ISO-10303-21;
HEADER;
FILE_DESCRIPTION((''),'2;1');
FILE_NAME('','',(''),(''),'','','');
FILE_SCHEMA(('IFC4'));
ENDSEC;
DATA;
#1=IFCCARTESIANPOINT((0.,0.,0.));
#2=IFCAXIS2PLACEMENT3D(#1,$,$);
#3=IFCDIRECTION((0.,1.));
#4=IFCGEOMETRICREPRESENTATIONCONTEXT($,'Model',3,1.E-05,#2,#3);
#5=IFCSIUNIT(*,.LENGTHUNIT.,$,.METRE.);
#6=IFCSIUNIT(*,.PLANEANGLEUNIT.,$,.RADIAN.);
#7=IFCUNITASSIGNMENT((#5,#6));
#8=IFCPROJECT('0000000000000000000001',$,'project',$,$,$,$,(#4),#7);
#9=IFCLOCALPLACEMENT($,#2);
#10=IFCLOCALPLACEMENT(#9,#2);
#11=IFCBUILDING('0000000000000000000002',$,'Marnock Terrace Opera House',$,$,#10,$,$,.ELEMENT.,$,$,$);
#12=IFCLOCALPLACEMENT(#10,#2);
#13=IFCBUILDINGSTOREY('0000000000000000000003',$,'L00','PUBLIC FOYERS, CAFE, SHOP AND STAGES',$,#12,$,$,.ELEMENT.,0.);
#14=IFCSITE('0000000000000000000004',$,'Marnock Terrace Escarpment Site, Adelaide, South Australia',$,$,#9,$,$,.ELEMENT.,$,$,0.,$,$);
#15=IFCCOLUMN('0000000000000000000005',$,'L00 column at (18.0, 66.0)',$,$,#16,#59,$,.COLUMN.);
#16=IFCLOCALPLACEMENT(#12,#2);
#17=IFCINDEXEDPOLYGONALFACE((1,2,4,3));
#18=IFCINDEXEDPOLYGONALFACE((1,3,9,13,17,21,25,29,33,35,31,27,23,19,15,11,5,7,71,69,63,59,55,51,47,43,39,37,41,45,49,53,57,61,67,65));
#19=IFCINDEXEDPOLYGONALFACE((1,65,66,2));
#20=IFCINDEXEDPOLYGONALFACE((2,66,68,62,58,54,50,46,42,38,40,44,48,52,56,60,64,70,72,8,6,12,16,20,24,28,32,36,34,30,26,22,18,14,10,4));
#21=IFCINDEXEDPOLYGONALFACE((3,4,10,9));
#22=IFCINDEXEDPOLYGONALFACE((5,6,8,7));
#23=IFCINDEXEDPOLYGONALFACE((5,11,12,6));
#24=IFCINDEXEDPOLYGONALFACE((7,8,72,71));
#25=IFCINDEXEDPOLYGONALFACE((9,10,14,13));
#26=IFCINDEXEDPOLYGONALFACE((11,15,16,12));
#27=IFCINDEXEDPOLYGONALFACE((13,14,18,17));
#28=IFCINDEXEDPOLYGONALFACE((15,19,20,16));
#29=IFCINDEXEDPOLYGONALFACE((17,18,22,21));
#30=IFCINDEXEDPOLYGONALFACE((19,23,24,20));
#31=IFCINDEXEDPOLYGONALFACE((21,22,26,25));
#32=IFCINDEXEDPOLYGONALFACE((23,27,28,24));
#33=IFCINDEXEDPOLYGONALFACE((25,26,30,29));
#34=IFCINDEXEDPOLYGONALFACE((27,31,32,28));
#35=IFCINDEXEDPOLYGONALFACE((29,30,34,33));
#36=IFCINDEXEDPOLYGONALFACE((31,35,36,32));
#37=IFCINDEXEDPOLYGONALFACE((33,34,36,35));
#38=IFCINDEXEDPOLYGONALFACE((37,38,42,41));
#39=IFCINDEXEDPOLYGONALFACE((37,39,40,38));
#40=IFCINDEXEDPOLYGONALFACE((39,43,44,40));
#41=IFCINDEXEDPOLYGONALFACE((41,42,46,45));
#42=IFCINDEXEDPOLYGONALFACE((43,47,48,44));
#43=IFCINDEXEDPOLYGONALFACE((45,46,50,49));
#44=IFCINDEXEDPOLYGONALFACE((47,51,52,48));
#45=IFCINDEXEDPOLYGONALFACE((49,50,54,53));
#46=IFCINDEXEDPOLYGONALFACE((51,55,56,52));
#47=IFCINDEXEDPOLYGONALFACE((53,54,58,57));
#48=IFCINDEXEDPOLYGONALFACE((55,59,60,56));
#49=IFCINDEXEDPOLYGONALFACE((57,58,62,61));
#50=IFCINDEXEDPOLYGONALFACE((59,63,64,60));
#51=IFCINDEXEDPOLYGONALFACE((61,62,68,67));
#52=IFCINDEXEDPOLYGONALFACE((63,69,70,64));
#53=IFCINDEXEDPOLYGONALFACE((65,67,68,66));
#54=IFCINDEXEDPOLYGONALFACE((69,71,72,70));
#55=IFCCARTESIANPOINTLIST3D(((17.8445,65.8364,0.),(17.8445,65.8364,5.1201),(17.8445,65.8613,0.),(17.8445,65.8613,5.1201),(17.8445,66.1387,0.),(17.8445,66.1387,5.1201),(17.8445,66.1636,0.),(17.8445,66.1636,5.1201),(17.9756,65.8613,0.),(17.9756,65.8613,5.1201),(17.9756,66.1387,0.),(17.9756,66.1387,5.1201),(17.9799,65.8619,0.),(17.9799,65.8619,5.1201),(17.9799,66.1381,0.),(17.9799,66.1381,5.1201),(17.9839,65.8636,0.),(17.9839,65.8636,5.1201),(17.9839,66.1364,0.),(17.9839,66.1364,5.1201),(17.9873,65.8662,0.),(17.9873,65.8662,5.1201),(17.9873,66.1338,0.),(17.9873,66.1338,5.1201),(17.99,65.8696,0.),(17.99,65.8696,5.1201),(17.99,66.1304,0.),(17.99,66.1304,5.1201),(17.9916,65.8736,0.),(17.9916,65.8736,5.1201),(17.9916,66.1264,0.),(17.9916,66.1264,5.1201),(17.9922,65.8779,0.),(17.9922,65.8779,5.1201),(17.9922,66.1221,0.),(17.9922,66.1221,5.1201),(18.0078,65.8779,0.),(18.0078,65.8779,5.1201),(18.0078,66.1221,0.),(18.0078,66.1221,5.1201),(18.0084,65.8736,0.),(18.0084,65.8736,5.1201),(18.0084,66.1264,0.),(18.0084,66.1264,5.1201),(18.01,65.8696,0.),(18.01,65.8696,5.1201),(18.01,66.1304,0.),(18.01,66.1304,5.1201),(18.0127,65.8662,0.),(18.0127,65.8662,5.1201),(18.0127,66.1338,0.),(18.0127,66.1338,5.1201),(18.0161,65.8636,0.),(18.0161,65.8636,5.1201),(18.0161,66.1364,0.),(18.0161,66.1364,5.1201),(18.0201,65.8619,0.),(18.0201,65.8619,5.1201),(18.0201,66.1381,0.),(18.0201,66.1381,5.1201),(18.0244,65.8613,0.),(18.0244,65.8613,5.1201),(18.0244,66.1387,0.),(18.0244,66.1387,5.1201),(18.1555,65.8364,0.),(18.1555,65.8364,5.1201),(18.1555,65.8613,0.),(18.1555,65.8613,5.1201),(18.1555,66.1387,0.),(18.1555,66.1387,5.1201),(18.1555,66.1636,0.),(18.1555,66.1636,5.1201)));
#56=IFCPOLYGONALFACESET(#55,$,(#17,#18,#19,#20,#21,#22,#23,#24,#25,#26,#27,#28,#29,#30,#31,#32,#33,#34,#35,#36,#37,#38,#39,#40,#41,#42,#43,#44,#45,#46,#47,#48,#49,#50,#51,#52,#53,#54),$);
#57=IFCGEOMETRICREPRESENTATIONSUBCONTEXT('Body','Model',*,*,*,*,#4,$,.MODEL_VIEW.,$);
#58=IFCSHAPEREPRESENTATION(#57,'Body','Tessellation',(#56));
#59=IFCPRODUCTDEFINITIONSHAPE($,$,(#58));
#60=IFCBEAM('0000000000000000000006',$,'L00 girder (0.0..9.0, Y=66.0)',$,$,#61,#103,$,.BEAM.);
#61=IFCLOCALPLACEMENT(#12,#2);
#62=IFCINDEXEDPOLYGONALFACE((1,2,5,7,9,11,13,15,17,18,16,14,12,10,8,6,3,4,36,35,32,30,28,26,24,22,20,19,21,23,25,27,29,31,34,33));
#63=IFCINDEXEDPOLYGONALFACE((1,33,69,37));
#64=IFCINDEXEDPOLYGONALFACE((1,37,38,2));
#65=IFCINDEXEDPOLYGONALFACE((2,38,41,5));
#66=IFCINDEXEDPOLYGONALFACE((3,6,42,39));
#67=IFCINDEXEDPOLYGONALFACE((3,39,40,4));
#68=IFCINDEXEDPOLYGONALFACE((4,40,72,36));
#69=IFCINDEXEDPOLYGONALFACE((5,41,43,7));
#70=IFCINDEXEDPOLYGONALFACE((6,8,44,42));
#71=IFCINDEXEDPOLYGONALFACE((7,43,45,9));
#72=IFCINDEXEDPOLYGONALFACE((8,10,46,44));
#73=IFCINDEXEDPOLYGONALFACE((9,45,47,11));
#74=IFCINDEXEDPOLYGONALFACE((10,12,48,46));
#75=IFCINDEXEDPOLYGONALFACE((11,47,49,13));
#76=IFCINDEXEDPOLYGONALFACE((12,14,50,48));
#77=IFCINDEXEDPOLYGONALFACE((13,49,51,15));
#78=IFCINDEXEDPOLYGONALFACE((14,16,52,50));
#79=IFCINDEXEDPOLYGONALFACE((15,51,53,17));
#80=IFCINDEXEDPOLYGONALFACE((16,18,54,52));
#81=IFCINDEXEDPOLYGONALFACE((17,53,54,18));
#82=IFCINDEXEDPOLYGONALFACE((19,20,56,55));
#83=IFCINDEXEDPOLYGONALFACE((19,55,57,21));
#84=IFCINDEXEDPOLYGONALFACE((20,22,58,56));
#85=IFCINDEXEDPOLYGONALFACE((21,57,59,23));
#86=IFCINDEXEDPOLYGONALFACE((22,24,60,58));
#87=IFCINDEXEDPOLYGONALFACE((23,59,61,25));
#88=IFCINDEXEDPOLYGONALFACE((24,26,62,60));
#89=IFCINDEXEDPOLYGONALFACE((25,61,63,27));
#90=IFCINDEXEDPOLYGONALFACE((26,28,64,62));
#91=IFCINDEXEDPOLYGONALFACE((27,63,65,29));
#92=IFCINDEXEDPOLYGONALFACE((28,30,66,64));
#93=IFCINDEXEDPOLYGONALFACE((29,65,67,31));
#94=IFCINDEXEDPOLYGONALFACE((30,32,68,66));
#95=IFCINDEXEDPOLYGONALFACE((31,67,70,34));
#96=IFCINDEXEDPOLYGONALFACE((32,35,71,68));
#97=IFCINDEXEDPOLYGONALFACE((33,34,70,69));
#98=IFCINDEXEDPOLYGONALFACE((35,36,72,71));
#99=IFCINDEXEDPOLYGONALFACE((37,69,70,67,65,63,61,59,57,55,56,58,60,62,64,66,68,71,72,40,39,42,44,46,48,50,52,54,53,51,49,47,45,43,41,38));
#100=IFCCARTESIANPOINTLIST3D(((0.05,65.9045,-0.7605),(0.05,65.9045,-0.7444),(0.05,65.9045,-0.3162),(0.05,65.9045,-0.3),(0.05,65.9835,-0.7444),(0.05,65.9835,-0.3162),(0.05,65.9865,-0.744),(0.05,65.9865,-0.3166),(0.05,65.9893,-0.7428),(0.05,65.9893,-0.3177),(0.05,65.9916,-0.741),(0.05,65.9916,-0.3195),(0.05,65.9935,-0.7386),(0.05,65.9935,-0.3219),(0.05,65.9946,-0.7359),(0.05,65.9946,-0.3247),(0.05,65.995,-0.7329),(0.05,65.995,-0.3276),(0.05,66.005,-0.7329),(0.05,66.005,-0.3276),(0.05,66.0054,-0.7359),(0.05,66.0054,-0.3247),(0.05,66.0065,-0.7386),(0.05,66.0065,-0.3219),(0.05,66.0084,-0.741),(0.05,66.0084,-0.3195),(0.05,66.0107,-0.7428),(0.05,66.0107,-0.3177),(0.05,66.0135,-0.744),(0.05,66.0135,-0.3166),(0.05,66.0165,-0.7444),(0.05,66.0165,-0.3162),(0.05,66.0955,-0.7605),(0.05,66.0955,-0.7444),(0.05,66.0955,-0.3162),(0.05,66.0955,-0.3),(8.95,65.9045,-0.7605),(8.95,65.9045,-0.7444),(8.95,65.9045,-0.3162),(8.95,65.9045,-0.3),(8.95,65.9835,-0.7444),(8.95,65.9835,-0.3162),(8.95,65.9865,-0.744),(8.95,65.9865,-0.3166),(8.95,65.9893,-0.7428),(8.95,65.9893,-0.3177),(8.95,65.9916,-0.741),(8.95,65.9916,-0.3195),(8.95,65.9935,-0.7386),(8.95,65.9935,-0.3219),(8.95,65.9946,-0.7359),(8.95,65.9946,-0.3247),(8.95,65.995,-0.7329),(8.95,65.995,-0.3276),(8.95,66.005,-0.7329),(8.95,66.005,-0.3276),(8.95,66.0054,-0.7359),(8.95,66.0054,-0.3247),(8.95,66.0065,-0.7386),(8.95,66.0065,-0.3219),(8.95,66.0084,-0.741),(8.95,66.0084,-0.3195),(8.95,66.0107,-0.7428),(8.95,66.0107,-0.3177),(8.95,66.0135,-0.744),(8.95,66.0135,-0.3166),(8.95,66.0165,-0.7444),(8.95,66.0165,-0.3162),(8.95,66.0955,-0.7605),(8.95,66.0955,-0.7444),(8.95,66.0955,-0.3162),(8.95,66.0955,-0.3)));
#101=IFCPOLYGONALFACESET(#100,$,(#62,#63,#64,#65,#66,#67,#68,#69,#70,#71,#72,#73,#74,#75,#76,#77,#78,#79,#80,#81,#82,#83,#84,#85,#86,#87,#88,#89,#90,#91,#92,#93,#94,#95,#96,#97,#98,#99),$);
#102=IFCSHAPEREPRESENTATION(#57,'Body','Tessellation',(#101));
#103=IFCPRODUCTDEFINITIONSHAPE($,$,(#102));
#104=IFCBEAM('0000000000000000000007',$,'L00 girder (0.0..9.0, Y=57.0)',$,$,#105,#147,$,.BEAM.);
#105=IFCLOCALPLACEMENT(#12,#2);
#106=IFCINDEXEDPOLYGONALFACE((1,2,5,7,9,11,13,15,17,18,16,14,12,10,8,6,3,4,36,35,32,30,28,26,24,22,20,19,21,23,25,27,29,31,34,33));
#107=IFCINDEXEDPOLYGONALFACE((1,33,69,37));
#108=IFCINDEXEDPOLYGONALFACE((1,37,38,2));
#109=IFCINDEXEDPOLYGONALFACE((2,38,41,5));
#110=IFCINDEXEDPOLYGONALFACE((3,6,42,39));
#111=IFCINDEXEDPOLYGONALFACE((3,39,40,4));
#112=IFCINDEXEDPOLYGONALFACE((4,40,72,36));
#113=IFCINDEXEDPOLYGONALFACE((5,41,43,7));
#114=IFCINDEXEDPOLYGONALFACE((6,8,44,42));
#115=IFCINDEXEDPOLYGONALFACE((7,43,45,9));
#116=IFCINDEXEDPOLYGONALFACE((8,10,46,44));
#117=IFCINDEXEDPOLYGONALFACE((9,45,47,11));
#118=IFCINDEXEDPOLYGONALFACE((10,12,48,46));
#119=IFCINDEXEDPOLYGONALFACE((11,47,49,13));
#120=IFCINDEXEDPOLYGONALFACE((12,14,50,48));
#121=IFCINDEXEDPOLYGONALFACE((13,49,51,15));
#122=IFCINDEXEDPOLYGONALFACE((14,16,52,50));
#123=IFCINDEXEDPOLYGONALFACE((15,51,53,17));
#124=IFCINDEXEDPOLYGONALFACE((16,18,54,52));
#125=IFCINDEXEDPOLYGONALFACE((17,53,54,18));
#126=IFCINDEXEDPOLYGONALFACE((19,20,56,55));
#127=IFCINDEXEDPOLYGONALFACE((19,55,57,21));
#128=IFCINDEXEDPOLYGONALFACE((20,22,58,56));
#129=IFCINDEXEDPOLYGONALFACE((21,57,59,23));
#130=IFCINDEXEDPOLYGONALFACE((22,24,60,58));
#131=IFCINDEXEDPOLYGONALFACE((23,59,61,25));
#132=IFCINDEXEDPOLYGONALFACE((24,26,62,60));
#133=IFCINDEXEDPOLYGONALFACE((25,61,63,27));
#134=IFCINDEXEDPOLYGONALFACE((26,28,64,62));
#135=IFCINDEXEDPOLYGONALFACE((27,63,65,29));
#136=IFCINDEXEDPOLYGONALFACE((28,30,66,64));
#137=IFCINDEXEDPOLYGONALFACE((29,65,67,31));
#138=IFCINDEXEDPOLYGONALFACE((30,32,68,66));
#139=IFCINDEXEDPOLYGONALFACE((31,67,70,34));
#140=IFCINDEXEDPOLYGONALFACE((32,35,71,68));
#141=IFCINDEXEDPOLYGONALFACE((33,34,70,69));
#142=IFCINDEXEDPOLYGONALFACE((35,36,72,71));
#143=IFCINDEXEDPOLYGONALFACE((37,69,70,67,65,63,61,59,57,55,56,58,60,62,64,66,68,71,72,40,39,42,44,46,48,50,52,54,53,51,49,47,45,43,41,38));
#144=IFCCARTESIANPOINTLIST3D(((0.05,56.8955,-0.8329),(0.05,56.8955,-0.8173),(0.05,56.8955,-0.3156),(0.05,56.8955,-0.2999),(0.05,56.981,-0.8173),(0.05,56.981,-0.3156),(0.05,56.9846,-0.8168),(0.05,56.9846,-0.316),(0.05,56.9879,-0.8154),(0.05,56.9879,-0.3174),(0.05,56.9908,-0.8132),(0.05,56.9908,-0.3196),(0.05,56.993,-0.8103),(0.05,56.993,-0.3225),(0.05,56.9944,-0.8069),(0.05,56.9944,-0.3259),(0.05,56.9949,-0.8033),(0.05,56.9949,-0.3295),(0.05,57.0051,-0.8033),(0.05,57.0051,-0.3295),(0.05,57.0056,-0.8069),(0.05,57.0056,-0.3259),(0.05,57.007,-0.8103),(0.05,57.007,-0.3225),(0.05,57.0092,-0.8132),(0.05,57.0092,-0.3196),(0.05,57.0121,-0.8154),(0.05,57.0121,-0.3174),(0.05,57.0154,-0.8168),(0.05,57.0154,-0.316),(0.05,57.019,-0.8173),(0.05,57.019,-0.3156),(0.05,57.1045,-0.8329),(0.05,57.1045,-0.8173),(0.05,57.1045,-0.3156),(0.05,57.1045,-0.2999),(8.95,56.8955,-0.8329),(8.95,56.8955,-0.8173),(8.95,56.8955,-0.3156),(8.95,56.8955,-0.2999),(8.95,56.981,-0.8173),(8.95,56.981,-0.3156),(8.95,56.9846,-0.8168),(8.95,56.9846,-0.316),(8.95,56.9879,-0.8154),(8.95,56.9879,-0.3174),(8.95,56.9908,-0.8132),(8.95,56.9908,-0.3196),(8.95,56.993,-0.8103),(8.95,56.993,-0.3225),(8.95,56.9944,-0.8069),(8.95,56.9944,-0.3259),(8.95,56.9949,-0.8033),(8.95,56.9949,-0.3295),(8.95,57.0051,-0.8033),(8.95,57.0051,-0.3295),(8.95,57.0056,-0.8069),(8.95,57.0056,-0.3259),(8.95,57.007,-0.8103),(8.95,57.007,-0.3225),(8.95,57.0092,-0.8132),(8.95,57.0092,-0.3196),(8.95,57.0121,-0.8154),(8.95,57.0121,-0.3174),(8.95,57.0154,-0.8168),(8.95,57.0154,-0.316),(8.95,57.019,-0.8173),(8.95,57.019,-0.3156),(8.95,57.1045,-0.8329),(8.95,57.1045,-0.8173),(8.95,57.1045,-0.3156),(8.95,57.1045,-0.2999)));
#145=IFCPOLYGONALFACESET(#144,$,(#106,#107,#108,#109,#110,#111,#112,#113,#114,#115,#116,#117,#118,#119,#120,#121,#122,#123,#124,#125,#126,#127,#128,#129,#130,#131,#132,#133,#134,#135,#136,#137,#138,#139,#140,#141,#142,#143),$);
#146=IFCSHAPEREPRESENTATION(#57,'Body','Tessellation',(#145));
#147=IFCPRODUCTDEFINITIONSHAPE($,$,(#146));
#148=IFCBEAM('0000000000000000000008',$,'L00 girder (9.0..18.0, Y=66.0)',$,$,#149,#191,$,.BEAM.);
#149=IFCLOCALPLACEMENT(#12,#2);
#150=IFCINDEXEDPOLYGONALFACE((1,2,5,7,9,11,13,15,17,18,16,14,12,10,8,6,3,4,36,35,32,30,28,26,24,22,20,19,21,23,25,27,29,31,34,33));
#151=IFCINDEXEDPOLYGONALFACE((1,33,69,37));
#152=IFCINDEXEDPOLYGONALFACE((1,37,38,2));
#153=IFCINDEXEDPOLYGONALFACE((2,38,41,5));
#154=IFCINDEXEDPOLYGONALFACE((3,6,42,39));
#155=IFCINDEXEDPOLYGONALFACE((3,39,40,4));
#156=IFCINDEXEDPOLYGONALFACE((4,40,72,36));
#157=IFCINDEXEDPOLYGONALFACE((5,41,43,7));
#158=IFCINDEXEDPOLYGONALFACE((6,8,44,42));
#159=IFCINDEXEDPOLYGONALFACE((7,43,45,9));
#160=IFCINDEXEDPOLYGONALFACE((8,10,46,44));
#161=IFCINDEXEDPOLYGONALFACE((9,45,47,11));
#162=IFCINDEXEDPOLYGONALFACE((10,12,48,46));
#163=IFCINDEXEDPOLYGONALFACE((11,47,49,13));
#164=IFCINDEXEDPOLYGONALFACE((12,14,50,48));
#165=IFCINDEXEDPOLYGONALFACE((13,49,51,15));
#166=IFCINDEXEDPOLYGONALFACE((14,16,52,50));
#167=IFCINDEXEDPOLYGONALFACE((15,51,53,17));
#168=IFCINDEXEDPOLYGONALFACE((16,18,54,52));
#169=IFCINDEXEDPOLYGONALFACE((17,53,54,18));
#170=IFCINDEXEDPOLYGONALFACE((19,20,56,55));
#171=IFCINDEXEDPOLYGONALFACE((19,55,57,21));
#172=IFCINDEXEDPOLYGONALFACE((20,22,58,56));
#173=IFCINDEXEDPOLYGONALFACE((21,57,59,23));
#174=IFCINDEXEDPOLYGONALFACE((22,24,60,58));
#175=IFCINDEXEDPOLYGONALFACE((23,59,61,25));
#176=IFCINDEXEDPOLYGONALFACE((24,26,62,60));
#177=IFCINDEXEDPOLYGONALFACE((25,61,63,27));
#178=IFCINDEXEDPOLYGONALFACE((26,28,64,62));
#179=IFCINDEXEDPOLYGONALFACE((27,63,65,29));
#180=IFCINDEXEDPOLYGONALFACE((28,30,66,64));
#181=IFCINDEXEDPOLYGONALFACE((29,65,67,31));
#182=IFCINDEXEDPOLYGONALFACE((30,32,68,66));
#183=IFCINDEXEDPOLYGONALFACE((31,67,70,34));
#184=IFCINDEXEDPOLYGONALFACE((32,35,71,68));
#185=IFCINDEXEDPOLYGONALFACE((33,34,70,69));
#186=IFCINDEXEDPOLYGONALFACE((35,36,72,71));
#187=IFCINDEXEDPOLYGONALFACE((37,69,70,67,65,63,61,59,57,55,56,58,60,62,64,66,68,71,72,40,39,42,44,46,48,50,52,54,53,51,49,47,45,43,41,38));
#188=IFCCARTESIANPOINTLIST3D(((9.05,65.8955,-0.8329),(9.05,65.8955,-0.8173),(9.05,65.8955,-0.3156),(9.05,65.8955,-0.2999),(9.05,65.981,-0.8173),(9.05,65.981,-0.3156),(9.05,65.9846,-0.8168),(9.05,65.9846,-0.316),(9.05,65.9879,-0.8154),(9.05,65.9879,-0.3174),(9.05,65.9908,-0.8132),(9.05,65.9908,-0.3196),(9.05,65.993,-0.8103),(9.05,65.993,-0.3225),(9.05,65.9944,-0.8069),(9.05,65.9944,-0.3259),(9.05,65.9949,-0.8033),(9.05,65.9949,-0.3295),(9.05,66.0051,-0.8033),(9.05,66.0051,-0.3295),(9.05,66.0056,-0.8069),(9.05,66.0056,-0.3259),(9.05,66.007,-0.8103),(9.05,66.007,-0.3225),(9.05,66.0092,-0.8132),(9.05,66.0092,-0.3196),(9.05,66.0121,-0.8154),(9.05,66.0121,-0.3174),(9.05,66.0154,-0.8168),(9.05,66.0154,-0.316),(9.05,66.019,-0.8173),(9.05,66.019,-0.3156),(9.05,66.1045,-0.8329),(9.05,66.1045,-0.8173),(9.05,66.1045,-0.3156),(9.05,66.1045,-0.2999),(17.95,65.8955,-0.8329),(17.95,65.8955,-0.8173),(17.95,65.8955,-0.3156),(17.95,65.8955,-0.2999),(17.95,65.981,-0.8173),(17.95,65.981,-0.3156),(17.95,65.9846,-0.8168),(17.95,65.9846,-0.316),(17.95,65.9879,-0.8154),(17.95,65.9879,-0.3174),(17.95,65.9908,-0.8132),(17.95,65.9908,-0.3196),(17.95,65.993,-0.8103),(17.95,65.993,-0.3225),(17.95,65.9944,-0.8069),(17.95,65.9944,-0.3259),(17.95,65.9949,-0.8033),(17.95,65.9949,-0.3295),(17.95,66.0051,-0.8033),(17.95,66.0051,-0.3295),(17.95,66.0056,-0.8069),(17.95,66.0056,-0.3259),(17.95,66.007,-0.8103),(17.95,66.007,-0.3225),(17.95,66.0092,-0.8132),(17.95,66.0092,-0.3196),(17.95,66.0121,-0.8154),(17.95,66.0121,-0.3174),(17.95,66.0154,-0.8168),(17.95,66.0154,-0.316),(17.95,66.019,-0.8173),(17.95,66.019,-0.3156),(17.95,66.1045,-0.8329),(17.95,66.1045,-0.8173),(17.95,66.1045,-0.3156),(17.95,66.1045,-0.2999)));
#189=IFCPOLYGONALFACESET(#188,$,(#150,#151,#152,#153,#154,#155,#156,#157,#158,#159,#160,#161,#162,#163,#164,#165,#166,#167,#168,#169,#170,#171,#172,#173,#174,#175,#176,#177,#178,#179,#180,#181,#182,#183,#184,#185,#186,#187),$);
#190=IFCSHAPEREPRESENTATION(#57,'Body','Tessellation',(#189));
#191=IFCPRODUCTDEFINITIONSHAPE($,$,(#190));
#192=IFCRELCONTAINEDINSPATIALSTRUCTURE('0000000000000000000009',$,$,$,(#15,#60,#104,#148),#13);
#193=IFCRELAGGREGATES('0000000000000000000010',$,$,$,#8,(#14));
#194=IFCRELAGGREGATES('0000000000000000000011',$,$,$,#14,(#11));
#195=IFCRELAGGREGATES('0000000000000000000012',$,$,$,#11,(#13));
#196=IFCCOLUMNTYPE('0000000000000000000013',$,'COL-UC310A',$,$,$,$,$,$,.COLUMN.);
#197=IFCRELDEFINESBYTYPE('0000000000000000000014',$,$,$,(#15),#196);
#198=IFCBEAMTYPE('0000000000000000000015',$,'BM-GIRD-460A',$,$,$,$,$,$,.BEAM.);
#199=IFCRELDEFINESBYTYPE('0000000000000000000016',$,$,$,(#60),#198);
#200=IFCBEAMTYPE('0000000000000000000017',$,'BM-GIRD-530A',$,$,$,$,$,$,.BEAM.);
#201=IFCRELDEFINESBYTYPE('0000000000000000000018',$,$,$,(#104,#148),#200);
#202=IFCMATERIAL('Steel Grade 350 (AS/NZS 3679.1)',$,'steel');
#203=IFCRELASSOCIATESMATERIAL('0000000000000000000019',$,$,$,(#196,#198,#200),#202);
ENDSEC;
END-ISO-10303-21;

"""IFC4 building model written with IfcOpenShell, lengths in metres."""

from ifc_helpers import new_model, si_unit, direction, frame, origin, origin_2d, place, context, subcontext, project, spatial, i_section, extrude, material, material_profile, profile_set, type_object, element, save


model = new_model("IFC4")

# Units and contexts
model_context = context("Model", 3, precision=1e-05, world=origin(), true_north=direction((0.0, 1.0)))
body_context = subcontext(model_context, "Body", "Model", "MODEL_VIEW")
ifc_project = project(units=[si_unit("LENGTHUNIT", "METRE"), si_unit("PLANEANGLEUNIT", "RADIAN")], contexts=[model_context])

# Site, building, storey
site_placement = place(None, origin())
site = spatial("IfcSite", under=ifc_project, at=site_placement, Name="Marnock Terrace Escarpment Site, Adelaide, South Australia", CompositionType="ELEMENT", RefElevation=0.0)
building_placement = place(site_placement, origin())
building = spatial("IfcBuilding", under=site, at=building_placement, Name="Marnock Terrace Opera House", CompositionType="ELEMENT")
storey_placement = place(building_placement, origin())
storey = spatial("IfcBuildingStorey", under=building, at=storey_placement, Name="L00", Description="PUBLIC FOYERS, CAFE, SHOP AND STAGES", CompositionType="ELEMENT", Elevation=0.0)

# Column
ifc_material_1 = material(Name="Steel Grade 350 (AS/NZS 3679.1)", Category="steel")
ifc_material_profile_1 = material_profile(ifc_material_1, i_section(OverallWidth=0.311, OverallDepth=0.3271, WebThickness=0.0156, FlangeThickness=0.0249, FilletRadius=0.0166, at=origin_2d()))
ifc_profile_set_1 = profile_set([ifc_material_profile_1], Name="Steel Grade 350 (AS/NZS 3679.1)")
column_type_1 = type_object("IfcColumnType", Name="COL-UC310A", PredefinedType="COLUMN", material=ifc_profile_set_1)
for number, where, z_axis, x_axis, name in (
    (1, (18.0, 66.0, 0.0), (0.0, 0.0, 1.0), (1.0, 0.0, 0.0), "L00 column at (18.0, 66.0)"),
):
    element("IfcColumn", number, at=place(storey_placement, frame(where, z_axis=z_axis, x_axis=x_axis)), inside=storey, type_object=column_type_1, Name=name, PredefinedType="COLUMN", context=body_context, shape_type="SweptSolid", body=[
        extrude(i_section(OverallWidth=0.311, OverallDepth=0.3271, WebThickness=0.0156, FlangeThickness=0.0249, FilletRadius=0.0166, at=origin_2d()), origin(), (0.0, 0.0, 1.0), 5.1201),
    ])

# Beams
ifc_material_profile_2 = material_profile(ifc_material_1, i_section(OverallWidth=0.1909, OverallDepth=0.4604, WebThickness=0.01, FlangeThickness=0.0161, FilletRadius=0.0115, at=origin_2d()))
ifc_profile_set_2 = profile_set([ifc_material_profile_2], Name="Steel Grade 350 (AS/NZS 3679.1)")
beam_type_1 = type_object("IfcBeamType", Name="BM-GIRD-460A", PredefinedType="BEAM", material=ifc_profile_set_2)
beam_1_placement = place(storey_placement, frame((0.05, 66.0, -0.5303), z_axis=(1.0, 0.0, 0.0), x_axis=(0.0, 1.0, 0.0)))
element("IfcBeam", 2, at=beam_1_placement, inside=storey, type_object=beam_type_1, Name="L00 girder (0.0..9.0, Y=66.0)", PredefinedType="BEAM", context=body_context, shape_type="SweptSolid", body=[
    extrude(i_section(OverallWidth=0.1909, OverallDepth=0.4604, WebThickness=0.01, FlangeThickness=0.0161, FilletRadius=0.0115, at=origin_2d()), origin(), (0.0, 0.0, 1.0), 8.8999),
])
ifc_material_profile_3 = material_profile(ifc_material_1, i_section(OverallWidth=0.209, OverallDepth=0.533, WebThickness=0.0103, FlangeThickness=0.0156, FilletRadius=0.0139, at=origin_2d()))
ifc_profile_set_3 = profile_set([ifc_material_profile_3], Name="Steel Grade 350 (AS/NZS 3679.1)")
beam_type_2 = type_object("IfcBeamType", Name="BM-GIRD-530A", PredefinedType="BEAM", material=ifc_profile_set_3)
for number, where, z_axis, x_axis, name in (
    (3, (0.05, 57.0, -0.5664), (1.0, 0.0, 0.0), (0.0, 1.0, 0.0), "L00 girder (0.0..9.0, Y=57.0)"),
    (4, (9.05, 66.0, -0.5664), (1.0, 0.0, 0.0), (0.0, 1.0, 0.0), "L00 girder (9.0..18.0, Y=66.0)"),
):
    element("IfcBeam", number, at=place(storey_placement, frame(where, z_axis=z_axis, x_axis=x_axis)), inside=storey, type_object=beam_type_2, Name=name, PredefinedType="BEAM", context=body_context, shape_type="SweptSolid", body=[
        extrude(i_section(OverallWidth=0.209, OverallDepth=0.533, WebThickness=0.0103, FlangeThickness=0.0156, FilletRadius=0.0139, at=origin_2d()), origin(), (0.0, 0.0, 1.0), 8.8999),
    ])

save(model, "model.ifc")
